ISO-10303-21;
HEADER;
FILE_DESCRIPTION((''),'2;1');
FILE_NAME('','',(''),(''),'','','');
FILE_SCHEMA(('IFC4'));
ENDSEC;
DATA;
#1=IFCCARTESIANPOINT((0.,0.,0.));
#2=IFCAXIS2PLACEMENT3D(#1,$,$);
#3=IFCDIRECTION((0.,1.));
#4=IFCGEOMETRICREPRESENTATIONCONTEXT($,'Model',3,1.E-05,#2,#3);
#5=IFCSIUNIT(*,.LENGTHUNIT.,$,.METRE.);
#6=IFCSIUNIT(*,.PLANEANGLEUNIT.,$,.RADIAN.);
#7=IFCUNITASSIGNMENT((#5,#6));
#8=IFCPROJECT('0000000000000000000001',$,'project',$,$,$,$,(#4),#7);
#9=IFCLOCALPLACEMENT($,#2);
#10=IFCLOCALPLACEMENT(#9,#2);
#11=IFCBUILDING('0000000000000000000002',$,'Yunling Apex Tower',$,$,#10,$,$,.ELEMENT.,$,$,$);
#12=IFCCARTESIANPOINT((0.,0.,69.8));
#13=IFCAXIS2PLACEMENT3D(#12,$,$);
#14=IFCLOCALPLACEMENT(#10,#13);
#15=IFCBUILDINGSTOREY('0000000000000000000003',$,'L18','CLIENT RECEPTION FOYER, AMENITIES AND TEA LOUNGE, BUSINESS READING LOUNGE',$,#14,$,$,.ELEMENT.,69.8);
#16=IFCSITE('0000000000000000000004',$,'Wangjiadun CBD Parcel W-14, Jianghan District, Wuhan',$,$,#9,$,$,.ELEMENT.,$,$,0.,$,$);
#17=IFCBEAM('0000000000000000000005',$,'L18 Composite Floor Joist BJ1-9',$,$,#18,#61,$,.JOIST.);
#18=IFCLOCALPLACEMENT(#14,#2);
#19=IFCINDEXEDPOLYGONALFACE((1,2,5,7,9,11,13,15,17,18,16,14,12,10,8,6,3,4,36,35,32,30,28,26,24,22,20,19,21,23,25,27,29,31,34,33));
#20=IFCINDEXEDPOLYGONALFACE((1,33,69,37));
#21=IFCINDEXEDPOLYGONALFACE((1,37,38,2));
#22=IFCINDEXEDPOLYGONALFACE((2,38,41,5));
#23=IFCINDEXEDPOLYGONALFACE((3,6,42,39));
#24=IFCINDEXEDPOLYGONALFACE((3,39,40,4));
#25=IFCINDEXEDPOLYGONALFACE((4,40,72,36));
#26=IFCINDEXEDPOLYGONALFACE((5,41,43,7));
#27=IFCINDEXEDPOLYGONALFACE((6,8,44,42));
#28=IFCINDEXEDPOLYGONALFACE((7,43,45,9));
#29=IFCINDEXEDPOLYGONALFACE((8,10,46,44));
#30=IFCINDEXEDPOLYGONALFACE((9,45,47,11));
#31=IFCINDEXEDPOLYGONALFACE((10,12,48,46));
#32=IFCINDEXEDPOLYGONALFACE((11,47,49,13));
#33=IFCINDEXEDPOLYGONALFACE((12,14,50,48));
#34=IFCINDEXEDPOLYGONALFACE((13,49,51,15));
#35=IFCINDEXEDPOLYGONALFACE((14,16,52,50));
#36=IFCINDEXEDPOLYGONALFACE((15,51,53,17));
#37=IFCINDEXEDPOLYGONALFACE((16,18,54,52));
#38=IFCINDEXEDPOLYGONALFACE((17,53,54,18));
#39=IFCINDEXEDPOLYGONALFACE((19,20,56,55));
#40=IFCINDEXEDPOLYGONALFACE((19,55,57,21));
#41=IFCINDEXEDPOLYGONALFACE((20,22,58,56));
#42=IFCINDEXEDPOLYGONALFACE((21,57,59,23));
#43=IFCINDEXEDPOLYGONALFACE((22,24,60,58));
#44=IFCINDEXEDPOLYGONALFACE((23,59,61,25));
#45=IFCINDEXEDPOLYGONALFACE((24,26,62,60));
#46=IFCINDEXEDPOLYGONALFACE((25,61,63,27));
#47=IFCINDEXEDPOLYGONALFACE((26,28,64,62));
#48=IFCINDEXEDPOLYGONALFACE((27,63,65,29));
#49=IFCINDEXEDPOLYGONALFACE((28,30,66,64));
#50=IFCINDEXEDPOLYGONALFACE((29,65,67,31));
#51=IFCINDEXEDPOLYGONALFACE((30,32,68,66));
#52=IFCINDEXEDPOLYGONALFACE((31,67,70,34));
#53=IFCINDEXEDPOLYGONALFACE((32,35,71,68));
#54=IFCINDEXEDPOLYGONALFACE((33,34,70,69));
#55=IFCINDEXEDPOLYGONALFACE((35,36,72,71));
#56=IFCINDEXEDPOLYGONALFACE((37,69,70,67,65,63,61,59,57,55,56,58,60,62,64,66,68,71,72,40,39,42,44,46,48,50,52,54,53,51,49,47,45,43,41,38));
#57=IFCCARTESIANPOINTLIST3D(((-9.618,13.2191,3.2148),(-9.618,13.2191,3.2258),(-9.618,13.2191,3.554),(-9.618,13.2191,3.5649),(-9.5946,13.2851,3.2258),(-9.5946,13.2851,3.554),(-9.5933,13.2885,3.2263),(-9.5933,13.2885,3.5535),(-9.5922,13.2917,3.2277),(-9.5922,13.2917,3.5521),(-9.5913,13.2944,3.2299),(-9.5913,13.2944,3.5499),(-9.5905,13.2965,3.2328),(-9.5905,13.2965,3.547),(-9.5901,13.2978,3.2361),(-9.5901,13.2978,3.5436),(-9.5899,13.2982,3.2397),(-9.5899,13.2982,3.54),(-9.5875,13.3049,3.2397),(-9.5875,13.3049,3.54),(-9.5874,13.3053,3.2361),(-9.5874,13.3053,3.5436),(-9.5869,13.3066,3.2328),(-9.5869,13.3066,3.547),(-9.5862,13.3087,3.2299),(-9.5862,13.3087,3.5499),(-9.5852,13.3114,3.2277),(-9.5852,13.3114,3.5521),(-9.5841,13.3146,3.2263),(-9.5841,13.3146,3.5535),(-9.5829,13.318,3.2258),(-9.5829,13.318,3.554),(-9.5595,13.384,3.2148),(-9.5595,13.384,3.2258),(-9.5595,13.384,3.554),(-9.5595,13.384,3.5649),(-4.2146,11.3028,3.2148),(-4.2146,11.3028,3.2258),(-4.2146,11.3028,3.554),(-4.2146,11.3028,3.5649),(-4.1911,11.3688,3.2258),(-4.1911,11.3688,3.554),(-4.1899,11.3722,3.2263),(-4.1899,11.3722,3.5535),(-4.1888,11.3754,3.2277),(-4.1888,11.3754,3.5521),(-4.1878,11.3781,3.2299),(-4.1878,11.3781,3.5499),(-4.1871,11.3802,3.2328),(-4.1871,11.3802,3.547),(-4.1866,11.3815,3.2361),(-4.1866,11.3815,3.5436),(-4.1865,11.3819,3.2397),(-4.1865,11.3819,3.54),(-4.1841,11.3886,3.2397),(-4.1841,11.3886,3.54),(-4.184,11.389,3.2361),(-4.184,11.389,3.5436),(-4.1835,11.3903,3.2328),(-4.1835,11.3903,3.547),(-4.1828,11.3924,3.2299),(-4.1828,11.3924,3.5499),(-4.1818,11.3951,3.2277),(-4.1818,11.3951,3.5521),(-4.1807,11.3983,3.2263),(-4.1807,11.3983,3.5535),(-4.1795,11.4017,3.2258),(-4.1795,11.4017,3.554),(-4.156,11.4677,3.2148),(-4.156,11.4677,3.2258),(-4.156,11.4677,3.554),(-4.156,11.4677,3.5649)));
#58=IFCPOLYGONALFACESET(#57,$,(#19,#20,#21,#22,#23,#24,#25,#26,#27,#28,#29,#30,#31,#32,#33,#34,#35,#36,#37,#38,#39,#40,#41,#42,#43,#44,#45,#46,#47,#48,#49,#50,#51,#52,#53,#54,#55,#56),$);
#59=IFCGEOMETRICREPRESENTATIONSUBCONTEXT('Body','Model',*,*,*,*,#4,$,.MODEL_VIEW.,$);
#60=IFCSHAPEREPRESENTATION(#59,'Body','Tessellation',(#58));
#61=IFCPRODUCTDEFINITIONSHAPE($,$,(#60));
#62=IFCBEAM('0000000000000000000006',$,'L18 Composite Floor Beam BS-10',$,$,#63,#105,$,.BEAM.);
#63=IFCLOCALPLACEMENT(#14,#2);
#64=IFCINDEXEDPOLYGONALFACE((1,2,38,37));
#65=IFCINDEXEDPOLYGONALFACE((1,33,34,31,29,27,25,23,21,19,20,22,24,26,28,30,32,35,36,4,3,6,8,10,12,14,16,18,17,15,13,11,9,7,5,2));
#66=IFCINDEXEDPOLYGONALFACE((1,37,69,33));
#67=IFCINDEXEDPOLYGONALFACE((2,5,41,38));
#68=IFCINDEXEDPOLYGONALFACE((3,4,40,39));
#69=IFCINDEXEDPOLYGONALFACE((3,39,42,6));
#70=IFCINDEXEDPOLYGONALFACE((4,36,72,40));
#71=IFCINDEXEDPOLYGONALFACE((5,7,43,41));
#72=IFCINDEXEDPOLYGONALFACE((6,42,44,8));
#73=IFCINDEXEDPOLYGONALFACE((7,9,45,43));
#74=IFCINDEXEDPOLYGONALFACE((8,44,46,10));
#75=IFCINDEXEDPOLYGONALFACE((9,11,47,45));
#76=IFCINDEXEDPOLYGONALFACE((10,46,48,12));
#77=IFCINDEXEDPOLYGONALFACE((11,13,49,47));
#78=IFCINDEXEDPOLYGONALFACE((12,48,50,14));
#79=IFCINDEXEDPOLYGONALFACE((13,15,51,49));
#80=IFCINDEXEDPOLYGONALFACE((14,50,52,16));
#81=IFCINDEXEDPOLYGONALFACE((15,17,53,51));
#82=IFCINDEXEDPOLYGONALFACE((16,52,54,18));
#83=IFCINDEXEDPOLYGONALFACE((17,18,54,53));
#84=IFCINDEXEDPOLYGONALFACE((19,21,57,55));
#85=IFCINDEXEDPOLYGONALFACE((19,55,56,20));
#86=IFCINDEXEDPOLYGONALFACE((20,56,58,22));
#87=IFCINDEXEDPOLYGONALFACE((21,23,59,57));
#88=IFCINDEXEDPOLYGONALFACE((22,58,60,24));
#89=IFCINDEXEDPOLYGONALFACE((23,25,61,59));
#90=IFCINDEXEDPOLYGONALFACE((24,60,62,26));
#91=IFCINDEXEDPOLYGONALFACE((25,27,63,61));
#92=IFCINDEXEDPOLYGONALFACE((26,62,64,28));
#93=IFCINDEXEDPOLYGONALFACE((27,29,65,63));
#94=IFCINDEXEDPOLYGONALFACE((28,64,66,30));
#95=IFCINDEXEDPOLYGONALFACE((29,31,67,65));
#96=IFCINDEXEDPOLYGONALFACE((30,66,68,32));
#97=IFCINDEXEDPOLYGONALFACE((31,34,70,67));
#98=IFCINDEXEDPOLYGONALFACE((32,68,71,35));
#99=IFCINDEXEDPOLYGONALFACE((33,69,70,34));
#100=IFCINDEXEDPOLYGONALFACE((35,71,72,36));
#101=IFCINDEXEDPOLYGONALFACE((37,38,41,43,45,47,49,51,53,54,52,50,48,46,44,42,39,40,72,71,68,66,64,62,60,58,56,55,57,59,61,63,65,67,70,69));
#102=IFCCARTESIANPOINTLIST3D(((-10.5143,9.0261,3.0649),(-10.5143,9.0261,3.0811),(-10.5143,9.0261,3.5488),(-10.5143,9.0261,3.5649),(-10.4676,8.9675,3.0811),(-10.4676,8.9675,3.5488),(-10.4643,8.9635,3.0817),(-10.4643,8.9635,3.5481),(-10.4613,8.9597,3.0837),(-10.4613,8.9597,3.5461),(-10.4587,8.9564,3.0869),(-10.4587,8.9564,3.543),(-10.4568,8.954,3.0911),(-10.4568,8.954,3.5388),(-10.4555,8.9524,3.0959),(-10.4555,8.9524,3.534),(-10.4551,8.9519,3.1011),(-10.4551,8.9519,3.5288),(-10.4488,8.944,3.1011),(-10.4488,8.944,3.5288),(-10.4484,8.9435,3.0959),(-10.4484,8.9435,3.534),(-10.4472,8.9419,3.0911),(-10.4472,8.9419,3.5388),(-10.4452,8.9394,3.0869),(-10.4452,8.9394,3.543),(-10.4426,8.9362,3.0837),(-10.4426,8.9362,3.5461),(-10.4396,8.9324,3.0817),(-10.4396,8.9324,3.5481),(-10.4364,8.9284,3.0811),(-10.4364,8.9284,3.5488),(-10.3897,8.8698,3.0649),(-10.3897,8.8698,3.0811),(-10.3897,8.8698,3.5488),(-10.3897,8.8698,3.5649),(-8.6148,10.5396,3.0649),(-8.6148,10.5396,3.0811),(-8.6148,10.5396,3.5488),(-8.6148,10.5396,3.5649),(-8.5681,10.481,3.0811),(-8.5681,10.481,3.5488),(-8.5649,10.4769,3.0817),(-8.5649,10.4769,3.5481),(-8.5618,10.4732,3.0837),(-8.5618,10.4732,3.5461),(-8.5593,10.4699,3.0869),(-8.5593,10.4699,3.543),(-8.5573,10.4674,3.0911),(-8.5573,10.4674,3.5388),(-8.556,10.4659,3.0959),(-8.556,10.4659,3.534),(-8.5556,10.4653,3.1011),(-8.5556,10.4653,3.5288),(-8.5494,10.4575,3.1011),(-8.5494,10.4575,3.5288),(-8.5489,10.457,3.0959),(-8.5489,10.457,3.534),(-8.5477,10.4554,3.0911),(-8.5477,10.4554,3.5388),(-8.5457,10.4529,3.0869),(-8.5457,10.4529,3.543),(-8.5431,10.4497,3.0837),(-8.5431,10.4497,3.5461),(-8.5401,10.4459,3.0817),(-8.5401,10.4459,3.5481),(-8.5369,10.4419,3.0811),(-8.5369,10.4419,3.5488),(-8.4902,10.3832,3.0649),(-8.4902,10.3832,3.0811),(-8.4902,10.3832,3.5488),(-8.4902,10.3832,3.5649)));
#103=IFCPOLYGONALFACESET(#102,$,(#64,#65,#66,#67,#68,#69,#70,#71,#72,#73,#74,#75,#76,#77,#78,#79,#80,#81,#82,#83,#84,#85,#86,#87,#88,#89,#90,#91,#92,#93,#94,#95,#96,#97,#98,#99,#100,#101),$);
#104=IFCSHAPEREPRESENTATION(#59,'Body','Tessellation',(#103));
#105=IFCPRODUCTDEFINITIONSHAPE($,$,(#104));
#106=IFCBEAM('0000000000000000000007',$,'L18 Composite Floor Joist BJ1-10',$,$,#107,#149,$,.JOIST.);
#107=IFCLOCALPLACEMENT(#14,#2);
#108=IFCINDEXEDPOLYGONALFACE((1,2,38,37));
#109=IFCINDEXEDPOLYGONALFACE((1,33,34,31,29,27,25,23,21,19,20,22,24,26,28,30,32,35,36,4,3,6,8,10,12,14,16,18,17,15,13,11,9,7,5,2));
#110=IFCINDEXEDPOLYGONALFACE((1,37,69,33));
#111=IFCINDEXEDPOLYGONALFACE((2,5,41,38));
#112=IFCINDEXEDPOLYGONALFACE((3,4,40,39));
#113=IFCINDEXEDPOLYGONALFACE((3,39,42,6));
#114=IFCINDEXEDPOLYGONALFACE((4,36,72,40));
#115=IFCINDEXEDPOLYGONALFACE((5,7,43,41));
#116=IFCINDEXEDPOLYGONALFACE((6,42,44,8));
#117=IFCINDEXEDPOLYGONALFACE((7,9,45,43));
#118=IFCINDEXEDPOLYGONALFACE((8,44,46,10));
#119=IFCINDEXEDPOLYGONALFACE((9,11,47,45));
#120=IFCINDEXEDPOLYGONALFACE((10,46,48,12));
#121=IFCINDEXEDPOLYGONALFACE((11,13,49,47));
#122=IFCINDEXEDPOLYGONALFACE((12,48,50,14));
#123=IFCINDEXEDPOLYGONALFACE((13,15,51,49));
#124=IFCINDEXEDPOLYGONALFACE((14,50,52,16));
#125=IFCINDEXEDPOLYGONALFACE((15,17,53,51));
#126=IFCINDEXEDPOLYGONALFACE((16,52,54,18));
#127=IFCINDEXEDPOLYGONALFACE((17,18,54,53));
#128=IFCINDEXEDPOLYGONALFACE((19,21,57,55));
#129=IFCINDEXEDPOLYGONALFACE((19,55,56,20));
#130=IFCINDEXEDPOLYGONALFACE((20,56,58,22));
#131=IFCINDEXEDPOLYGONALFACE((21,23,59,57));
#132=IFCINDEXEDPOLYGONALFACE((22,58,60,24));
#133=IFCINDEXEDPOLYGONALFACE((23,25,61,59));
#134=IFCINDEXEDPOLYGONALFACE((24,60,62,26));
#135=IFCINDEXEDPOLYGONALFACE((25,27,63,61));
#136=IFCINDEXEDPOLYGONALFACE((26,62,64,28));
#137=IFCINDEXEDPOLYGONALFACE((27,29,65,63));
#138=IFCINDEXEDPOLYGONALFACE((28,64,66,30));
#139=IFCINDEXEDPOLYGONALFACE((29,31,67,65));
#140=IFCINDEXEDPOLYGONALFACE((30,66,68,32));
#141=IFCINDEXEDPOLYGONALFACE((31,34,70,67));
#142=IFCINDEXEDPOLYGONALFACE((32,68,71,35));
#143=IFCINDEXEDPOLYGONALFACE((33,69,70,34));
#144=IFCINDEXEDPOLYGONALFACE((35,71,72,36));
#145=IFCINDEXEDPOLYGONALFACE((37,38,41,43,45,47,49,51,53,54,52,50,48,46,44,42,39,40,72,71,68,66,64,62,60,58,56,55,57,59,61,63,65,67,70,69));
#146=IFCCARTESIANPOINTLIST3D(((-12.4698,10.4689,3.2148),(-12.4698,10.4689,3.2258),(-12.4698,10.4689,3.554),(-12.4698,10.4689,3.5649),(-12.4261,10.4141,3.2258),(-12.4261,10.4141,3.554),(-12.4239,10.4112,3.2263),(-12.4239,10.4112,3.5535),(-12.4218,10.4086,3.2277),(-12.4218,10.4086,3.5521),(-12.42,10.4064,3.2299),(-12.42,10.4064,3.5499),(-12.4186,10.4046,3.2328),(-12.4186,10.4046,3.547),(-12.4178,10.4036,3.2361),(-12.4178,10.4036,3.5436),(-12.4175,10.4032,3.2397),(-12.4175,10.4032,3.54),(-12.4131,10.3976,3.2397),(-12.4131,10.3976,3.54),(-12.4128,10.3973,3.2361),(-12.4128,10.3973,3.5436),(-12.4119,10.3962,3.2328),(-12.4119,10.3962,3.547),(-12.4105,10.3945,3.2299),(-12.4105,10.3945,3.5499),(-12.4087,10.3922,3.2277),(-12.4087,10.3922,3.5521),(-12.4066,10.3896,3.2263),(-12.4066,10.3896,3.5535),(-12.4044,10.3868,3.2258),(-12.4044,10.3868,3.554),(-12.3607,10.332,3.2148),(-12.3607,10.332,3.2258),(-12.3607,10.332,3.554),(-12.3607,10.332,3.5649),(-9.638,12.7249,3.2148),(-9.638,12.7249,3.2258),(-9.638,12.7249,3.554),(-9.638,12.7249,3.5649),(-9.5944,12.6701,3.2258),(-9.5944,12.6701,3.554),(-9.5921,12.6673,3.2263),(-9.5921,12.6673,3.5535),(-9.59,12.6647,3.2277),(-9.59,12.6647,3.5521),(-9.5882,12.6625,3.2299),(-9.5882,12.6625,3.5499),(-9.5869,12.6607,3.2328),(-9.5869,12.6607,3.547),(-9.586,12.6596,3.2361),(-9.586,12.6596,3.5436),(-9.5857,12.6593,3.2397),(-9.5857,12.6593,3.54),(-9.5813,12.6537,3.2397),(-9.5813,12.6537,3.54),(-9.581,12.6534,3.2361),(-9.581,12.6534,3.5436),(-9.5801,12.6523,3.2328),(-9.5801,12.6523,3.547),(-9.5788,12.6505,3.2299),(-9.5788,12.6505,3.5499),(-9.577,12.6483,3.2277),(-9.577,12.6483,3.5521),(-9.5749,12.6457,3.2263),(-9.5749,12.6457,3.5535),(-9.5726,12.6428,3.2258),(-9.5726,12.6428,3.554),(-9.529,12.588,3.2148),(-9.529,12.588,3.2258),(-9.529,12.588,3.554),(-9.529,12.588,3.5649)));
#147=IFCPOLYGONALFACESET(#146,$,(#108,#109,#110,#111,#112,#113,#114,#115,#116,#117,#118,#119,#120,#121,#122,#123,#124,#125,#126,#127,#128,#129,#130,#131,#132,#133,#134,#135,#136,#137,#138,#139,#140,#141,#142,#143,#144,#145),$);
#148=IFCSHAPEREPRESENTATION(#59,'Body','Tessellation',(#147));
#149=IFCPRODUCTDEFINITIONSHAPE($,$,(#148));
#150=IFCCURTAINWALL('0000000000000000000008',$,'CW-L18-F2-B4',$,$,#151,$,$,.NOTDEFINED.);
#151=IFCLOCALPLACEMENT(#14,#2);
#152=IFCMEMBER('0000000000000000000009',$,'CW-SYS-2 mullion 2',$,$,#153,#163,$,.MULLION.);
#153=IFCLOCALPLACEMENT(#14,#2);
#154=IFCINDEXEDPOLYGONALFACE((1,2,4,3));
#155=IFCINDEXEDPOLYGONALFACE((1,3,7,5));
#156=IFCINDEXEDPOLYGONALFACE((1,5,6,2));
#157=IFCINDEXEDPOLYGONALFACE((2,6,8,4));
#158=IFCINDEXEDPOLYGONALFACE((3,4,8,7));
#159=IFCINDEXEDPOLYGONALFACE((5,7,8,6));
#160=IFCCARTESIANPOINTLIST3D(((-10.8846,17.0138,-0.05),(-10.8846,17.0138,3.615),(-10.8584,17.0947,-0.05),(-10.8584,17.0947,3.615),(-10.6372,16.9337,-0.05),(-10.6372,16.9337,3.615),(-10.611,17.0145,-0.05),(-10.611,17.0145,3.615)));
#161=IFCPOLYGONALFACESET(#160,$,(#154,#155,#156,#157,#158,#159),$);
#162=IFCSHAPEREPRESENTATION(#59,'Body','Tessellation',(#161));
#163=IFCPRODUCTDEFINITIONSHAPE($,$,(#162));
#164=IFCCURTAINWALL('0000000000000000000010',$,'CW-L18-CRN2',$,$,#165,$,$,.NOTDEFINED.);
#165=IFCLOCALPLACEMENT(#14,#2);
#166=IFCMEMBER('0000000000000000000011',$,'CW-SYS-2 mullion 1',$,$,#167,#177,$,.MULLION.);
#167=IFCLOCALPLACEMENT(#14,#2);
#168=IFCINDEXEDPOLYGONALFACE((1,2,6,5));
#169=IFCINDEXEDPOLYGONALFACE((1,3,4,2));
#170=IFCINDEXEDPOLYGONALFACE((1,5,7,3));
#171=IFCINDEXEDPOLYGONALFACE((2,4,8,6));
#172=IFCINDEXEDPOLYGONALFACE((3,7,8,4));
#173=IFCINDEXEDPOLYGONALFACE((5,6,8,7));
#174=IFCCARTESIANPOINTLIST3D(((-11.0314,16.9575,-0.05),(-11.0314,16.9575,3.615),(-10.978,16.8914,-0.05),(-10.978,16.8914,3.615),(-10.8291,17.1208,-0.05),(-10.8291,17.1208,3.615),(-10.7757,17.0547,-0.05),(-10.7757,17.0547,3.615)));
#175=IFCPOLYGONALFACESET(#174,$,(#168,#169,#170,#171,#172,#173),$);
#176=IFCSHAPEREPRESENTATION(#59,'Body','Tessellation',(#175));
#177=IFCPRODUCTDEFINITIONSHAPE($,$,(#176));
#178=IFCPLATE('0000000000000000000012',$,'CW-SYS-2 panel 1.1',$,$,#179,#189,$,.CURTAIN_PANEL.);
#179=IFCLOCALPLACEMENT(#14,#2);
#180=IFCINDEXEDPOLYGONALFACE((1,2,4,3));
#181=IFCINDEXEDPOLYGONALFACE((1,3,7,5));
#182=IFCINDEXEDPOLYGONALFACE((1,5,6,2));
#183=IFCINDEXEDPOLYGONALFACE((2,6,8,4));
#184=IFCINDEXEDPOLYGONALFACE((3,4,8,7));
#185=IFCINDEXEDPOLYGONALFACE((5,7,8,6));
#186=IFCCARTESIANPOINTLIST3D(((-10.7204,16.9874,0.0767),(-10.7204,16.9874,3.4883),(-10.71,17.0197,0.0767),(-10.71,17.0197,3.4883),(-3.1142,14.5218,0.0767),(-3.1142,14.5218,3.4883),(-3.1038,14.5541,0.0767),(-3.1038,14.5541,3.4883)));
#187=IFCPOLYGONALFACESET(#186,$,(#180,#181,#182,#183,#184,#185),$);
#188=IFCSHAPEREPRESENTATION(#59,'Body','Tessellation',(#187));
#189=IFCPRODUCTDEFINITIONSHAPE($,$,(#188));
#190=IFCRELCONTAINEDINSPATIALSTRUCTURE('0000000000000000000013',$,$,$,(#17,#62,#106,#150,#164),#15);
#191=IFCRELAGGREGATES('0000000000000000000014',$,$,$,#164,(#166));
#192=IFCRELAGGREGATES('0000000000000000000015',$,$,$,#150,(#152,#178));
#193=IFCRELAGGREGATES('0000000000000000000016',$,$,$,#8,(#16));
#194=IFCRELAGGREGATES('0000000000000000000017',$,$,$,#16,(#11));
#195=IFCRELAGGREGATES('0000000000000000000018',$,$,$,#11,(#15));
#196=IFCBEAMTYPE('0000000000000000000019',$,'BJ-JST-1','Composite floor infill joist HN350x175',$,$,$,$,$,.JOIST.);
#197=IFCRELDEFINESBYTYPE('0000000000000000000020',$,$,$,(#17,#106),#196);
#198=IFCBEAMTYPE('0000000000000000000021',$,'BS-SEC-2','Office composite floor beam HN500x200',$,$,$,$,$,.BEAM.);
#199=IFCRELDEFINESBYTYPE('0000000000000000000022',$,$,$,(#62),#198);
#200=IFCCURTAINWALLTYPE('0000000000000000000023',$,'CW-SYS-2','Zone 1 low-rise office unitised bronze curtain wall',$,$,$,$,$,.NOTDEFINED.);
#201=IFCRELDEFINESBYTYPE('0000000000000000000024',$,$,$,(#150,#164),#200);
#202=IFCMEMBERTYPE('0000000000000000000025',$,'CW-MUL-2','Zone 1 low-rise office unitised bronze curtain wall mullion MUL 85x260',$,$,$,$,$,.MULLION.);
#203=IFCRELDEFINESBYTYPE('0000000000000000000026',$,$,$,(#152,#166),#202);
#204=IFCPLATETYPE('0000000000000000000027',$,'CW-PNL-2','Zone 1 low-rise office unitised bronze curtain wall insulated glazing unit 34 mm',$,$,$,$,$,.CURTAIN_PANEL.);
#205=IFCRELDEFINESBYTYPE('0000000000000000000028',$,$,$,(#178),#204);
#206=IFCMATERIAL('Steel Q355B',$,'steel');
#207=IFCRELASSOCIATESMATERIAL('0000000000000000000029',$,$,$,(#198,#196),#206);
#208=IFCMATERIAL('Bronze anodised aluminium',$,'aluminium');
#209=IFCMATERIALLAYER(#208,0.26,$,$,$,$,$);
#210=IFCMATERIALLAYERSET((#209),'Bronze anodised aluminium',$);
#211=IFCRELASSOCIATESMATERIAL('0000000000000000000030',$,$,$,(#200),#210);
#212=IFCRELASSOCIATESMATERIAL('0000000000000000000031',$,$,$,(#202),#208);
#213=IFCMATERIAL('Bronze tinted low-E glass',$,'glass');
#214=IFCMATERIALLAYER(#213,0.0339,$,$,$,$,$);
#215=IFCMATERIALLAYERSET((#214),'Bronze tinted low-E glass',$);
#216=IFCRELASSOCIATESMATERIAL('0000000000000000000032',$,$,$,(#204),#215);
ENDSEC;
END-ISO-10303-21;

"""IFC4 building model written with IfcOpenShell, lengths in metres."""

from ifc_helpers import new_model, si_unit, direction, frame, origin, origin_2d, place, context, subcontext, project, spatial, rectangle, i_section, extrude, source, transform, mapped, material, layer, layer_set, material_profile, profile_set, type_object, element, aggregate, save


model = new_model("IFC4")

# Units and contexts
model_context = context("Model", 3, precision=1e-05, world=origin(), true_north=direction((0.0, 1.0)))
body_context = subcontext(model_context, "Body", "Model", "MODEL_VIEW")
ifc_project = project(units=[si_unit("LENGTHUNIT", "METRE"), si_unit("PLANEANGLEUNIT", "RADIAN")], contexts=[model_context])

# Site, building, storey
site_placement = place(None, origin())
site = spatial("IfcSite", under=ifc_project, at=site_placement, Name="Wangjiadun CBD Parcel W-14, Jianghan District, Wuhan", CompositionType="ELEMENT", RefElevation=0.0)
building_placement = place(site_placement, origin())
building = spatial("IfcBuilding", under=site, at=building_placement, Name="Yunling Apex Tower", CompositionType="ELEMENT")
storey_placement = place(building_placement, frame((0.0, 0.0, 69.8)))
storey = spatial("IfcBuildingStorey", under=building, at=storey_placement, Name="L18", Description="CLIENT RECEPTION FOYER, AMENITIES AND TEA LOUNGE, BUSINESS READING LOUNGE", CompositionType="ELEMENT", Elevation=69.8)

# Beams
ifc_material_1 = material(Name="Steel Q355B", Category="steel")
ifc_material_profile_1 = material_profile(ifc_material_1, i_section(OverallWidth=0.2, OverallDepth=0.5, WebThickness=0.01, FlangeThickness=0.0161, FilletRadius=0.02, at=origin_2d()))
ifc_profile_set_1 = profile_set([ifc_material_profile_1], Name="Steel Q355B")
beam_type_1 = type_object("IfcBeamType", Name="BS-SEC-2", Description="Office composite floor beam HN500x200", PredefinedType="BEAM", material=ifc_profile_set_1)
ifc_material_profile_2 = material_profile(ifc_material_1, i_section(OverallWidth=0.175, OverallDepth=0.3501, WebThickness=0.0071, FlangeThickness=0.011, FilletRadius=0.0139, at=origin_2d()))
ifc_profile_set_2 = profile_set([ifc_material_profile_2], Name="Steel Q355B")
beam_type_2 = type_object("IfcBeamType", Name="BJ-JST-1", Description="Composite floor infill joist HN350x175", PredefinedType="JOIST", material=ifc_profile_set_2)
shared_shape_1 = source(origin(), body_context, "Body", "SweptSolid", [
    extrude(i_section(OverallWidth=0.175, OverallDepth=0.3501, WebThickness=0.0071, FlangeThickness=0.011, FilletRadius=0.0139, at=origin_2d()), origin(), (0.0, 0.0, 1.0), 5.7332),
])
beam_1_placement = place(storey_placement, frame((-4.1853, 11.3853, 3.3899), z_axis=(-0.942485, 0.334248, 0.0), x_axis=(-0.334248, -0.942485, 0.0)))
element("IfcBeam", 1, at=beam_1_placement, inside=storey, type_object=beam_type_2, Name="L18 Composite Floor Joist BJ1-9", PredefinedType="JOIST", context=body_context, shape_type="MappedRepresentation", body=[
    mapped(shared_shape_1, transform((0.0, 0.0, 0.0), scale=1.0)),
])
shared_shape_2 = source(origin(), body_context, "Body", "SweptSolid", [
    extrude(i_section(OverallWidth=0.2, OverallDepth=0.5, WebThickness=0.01, FlangeThickness=0.0161, FilletRadius=0.02, at=origin_2d()), origin(), (0.0, 0.0, 1.0), 2.4287),
])
beam_2_placement = place(storey_placement, frame((-8.5525, 10.4614, 3.3149), z_axis=(-0.782093, -0.623161, 0.0), x_axis=(0.623161, -0.782093, 0.0)))
element("IfcBeam", 2, at=beam_2_placement, inside=storey, type_object=beam_type_1, Name="L18 Composite Floor Beam BS-10", PredefinedType="BEAM", context=body_context, shape_type="MappedRepresentation", body=[
    mapped(shared_shape_2, transform((0.0, 0.0, 0.0), scale=1.0)),
])
shared_shape_3 = source(origin(), body_context, "Body", "SweptSolid", [
    extrude(i_section(OverallWidth=0.175, OverallDepth=0.3501, WebThickness=0.0071, FlangeThickness=0.011, FilletRadius=0.0139, at=origin_2d()), origin(), (0.0, 0.0, 1.0), 3.6206),
])
beam_3_placement = place(storey_placement, frame((-9.5835, 12.6565, 3.3899), z_axis=(-0.782124, -0.623123, 0.0), x_axis=(0.623123, -0.782124, 0.0)))
element("IfcBeam", 3, at=beam_3_placement, inside=storey, type_object=beam_type_2, Name="L18 Composite Floor Joist BJ1-10", PredefinedType="JOIST", context=body_context, shape_type="MappedRepresentation", body=[
    mapped(shared_shape_3, transform((0.0, 0.0, 0.0), scale=1.0)),
])

# Curtain walls, members
ifc_material_2 = material(Name="Bronze anodised aluminium", Category="aluminium")
ifc_layer_1 = layer(ifc_material_2, 0.26)
ifc_layer_set_1 = layer_set([ifc_layer_1], Name="Bronze anodised aluminium")
curtain_wall_type = type_object("IfcCurtainWallType", Name="CW-SYS-2", Description="Zone 1 low-rise office unitised bronze curtain wall", PredefinedType="NOTDEFINED", material=ifc_layer_set_1)
curtain_wall_1_placement = place(storey_placement, origin())
curtain_wall_1 = element("IfcCurtainWall", 4, at=curtain_wall_1_placement, inside=storey, type_object=curtain_wall_type, Name="CW-L18-F2-B4", PredefinedType="NOTDEFINED")
ifc_material_profile_3 = material_profile(ifc_material_2, rectangle(XDim=0.085, YDim=0.26, at=origin_2d()))
ifc_profile_set_3 = profile_set([ifc_material_profile_3], Name="Bronze anodised aluminium")
member_type = type_object("IfcMemberType", Name="CW-MUL-2", Description="Zone 1 low-rise office unitised bronze curtain wall mullion MUL 85x260", PredefinedType="MULLION", material=ifc_profile_set_3)
shared_shape_4 = source(origin(), body_context, "Body", "SweptSolid", [
    extrude(rectangle(XDim=0.085, YDim=0.26, at=origin_2d()), origin(), (0.0, 0.0, 1.0), 3.665),
])
member_1_placement = place(storey_placement, frame((-10.7478, 17.0142, -0.05), z_axis=(0.0, 0.0, 1.0), x_axis=(-0.308357, -0.951271, 0.0)))
member_1 = element("IfcMember", 5, at=member_1_placement, type_object=member_type, Name="CW-SYS-2 mullion 2", PredefinedType="MULLION", context=body_context, shape_type="MappedRepresentation", body=[
    mapped(shared_shape_4, transform((0.0, 0.0, 0.0), scale=1.0)),
])
curtain_wall_2_placement = place(storey_placement, origin())
curtain_wall_2 = element("IfcCurtainWall", 6, at=curtain_wall_2_placement, inside=storey, type_object=curtain_wall_type, Name="CW-L18-CRN2", PredefinedType="NOTDEFINED")
member_2_placement = place(storey_placement, frame((-10.9036, 17.0061, -0.05), z_axis=(0.0, 0.0, 1.0), x_axis=(0.62808, -0.778149, 0.0)))
member_2 = element("IfcMember", 7, at=member_2_placement, type_object=member_type, Name="CW-SYS-2 mullion 1", PredefinedType="MULLION", context=body_context, shape_type="MappedRepresentation", body=[
    mapped(shared_shape_4, transform((0.0, 0.0, 0.0), scale=1.0)),
])
aggregate(curtain_wall_2, [member_2])

# Plate
ifc_material_3 = material(Name="Bronze tinted low-E glass", Category="glass")
ifc_layer_2 = layer(ifc_material_3, 0.0339)
ifc_layer_set_2 = layer_set([ifc_layer_2], Name="Bronze tinted low-E glass")
plate_type = type_object("IfcPlateType", Name="CW-PNL-2", Description="Zone 1 low-rise office unitised bronze curtain wall insulated glazing unit 34 mm", PredefinedType="CURTAIN_PANEL", material=ifc_layer_set_2)
shared_shape_5 = source(origin(), body_context, "Body", "SweptSolid", [
    extrude(rectangle(XDim=7.9958, YDim=0.0339, at=origin_2d()), origin(), (0.0, 0.0, 1.0), 3.4116),
])
plate_placement = place(storey_placement, frame((-6.9121, 15.7708, 0.0767), z_axis=(0.0, 0.0, 1.0), x_axis=(-0.951271, 0.308357, 0.0)))
plate = element("IfcPlate", 8, at=plate_placement, type_object=plate_type, Name="CW-SYS-2 panel 1.1", PredefinedType="CURTAIN_PANEL", context=body_context, shape_type="MappedRepresentation", body=[
    mapped(shared_shape_5, transform((0.0, 0.0, 0.0), scale=1.0)),
])
aggregate(curtain_wall_1, [member_1, plate])

save(model, "model.ifc")
